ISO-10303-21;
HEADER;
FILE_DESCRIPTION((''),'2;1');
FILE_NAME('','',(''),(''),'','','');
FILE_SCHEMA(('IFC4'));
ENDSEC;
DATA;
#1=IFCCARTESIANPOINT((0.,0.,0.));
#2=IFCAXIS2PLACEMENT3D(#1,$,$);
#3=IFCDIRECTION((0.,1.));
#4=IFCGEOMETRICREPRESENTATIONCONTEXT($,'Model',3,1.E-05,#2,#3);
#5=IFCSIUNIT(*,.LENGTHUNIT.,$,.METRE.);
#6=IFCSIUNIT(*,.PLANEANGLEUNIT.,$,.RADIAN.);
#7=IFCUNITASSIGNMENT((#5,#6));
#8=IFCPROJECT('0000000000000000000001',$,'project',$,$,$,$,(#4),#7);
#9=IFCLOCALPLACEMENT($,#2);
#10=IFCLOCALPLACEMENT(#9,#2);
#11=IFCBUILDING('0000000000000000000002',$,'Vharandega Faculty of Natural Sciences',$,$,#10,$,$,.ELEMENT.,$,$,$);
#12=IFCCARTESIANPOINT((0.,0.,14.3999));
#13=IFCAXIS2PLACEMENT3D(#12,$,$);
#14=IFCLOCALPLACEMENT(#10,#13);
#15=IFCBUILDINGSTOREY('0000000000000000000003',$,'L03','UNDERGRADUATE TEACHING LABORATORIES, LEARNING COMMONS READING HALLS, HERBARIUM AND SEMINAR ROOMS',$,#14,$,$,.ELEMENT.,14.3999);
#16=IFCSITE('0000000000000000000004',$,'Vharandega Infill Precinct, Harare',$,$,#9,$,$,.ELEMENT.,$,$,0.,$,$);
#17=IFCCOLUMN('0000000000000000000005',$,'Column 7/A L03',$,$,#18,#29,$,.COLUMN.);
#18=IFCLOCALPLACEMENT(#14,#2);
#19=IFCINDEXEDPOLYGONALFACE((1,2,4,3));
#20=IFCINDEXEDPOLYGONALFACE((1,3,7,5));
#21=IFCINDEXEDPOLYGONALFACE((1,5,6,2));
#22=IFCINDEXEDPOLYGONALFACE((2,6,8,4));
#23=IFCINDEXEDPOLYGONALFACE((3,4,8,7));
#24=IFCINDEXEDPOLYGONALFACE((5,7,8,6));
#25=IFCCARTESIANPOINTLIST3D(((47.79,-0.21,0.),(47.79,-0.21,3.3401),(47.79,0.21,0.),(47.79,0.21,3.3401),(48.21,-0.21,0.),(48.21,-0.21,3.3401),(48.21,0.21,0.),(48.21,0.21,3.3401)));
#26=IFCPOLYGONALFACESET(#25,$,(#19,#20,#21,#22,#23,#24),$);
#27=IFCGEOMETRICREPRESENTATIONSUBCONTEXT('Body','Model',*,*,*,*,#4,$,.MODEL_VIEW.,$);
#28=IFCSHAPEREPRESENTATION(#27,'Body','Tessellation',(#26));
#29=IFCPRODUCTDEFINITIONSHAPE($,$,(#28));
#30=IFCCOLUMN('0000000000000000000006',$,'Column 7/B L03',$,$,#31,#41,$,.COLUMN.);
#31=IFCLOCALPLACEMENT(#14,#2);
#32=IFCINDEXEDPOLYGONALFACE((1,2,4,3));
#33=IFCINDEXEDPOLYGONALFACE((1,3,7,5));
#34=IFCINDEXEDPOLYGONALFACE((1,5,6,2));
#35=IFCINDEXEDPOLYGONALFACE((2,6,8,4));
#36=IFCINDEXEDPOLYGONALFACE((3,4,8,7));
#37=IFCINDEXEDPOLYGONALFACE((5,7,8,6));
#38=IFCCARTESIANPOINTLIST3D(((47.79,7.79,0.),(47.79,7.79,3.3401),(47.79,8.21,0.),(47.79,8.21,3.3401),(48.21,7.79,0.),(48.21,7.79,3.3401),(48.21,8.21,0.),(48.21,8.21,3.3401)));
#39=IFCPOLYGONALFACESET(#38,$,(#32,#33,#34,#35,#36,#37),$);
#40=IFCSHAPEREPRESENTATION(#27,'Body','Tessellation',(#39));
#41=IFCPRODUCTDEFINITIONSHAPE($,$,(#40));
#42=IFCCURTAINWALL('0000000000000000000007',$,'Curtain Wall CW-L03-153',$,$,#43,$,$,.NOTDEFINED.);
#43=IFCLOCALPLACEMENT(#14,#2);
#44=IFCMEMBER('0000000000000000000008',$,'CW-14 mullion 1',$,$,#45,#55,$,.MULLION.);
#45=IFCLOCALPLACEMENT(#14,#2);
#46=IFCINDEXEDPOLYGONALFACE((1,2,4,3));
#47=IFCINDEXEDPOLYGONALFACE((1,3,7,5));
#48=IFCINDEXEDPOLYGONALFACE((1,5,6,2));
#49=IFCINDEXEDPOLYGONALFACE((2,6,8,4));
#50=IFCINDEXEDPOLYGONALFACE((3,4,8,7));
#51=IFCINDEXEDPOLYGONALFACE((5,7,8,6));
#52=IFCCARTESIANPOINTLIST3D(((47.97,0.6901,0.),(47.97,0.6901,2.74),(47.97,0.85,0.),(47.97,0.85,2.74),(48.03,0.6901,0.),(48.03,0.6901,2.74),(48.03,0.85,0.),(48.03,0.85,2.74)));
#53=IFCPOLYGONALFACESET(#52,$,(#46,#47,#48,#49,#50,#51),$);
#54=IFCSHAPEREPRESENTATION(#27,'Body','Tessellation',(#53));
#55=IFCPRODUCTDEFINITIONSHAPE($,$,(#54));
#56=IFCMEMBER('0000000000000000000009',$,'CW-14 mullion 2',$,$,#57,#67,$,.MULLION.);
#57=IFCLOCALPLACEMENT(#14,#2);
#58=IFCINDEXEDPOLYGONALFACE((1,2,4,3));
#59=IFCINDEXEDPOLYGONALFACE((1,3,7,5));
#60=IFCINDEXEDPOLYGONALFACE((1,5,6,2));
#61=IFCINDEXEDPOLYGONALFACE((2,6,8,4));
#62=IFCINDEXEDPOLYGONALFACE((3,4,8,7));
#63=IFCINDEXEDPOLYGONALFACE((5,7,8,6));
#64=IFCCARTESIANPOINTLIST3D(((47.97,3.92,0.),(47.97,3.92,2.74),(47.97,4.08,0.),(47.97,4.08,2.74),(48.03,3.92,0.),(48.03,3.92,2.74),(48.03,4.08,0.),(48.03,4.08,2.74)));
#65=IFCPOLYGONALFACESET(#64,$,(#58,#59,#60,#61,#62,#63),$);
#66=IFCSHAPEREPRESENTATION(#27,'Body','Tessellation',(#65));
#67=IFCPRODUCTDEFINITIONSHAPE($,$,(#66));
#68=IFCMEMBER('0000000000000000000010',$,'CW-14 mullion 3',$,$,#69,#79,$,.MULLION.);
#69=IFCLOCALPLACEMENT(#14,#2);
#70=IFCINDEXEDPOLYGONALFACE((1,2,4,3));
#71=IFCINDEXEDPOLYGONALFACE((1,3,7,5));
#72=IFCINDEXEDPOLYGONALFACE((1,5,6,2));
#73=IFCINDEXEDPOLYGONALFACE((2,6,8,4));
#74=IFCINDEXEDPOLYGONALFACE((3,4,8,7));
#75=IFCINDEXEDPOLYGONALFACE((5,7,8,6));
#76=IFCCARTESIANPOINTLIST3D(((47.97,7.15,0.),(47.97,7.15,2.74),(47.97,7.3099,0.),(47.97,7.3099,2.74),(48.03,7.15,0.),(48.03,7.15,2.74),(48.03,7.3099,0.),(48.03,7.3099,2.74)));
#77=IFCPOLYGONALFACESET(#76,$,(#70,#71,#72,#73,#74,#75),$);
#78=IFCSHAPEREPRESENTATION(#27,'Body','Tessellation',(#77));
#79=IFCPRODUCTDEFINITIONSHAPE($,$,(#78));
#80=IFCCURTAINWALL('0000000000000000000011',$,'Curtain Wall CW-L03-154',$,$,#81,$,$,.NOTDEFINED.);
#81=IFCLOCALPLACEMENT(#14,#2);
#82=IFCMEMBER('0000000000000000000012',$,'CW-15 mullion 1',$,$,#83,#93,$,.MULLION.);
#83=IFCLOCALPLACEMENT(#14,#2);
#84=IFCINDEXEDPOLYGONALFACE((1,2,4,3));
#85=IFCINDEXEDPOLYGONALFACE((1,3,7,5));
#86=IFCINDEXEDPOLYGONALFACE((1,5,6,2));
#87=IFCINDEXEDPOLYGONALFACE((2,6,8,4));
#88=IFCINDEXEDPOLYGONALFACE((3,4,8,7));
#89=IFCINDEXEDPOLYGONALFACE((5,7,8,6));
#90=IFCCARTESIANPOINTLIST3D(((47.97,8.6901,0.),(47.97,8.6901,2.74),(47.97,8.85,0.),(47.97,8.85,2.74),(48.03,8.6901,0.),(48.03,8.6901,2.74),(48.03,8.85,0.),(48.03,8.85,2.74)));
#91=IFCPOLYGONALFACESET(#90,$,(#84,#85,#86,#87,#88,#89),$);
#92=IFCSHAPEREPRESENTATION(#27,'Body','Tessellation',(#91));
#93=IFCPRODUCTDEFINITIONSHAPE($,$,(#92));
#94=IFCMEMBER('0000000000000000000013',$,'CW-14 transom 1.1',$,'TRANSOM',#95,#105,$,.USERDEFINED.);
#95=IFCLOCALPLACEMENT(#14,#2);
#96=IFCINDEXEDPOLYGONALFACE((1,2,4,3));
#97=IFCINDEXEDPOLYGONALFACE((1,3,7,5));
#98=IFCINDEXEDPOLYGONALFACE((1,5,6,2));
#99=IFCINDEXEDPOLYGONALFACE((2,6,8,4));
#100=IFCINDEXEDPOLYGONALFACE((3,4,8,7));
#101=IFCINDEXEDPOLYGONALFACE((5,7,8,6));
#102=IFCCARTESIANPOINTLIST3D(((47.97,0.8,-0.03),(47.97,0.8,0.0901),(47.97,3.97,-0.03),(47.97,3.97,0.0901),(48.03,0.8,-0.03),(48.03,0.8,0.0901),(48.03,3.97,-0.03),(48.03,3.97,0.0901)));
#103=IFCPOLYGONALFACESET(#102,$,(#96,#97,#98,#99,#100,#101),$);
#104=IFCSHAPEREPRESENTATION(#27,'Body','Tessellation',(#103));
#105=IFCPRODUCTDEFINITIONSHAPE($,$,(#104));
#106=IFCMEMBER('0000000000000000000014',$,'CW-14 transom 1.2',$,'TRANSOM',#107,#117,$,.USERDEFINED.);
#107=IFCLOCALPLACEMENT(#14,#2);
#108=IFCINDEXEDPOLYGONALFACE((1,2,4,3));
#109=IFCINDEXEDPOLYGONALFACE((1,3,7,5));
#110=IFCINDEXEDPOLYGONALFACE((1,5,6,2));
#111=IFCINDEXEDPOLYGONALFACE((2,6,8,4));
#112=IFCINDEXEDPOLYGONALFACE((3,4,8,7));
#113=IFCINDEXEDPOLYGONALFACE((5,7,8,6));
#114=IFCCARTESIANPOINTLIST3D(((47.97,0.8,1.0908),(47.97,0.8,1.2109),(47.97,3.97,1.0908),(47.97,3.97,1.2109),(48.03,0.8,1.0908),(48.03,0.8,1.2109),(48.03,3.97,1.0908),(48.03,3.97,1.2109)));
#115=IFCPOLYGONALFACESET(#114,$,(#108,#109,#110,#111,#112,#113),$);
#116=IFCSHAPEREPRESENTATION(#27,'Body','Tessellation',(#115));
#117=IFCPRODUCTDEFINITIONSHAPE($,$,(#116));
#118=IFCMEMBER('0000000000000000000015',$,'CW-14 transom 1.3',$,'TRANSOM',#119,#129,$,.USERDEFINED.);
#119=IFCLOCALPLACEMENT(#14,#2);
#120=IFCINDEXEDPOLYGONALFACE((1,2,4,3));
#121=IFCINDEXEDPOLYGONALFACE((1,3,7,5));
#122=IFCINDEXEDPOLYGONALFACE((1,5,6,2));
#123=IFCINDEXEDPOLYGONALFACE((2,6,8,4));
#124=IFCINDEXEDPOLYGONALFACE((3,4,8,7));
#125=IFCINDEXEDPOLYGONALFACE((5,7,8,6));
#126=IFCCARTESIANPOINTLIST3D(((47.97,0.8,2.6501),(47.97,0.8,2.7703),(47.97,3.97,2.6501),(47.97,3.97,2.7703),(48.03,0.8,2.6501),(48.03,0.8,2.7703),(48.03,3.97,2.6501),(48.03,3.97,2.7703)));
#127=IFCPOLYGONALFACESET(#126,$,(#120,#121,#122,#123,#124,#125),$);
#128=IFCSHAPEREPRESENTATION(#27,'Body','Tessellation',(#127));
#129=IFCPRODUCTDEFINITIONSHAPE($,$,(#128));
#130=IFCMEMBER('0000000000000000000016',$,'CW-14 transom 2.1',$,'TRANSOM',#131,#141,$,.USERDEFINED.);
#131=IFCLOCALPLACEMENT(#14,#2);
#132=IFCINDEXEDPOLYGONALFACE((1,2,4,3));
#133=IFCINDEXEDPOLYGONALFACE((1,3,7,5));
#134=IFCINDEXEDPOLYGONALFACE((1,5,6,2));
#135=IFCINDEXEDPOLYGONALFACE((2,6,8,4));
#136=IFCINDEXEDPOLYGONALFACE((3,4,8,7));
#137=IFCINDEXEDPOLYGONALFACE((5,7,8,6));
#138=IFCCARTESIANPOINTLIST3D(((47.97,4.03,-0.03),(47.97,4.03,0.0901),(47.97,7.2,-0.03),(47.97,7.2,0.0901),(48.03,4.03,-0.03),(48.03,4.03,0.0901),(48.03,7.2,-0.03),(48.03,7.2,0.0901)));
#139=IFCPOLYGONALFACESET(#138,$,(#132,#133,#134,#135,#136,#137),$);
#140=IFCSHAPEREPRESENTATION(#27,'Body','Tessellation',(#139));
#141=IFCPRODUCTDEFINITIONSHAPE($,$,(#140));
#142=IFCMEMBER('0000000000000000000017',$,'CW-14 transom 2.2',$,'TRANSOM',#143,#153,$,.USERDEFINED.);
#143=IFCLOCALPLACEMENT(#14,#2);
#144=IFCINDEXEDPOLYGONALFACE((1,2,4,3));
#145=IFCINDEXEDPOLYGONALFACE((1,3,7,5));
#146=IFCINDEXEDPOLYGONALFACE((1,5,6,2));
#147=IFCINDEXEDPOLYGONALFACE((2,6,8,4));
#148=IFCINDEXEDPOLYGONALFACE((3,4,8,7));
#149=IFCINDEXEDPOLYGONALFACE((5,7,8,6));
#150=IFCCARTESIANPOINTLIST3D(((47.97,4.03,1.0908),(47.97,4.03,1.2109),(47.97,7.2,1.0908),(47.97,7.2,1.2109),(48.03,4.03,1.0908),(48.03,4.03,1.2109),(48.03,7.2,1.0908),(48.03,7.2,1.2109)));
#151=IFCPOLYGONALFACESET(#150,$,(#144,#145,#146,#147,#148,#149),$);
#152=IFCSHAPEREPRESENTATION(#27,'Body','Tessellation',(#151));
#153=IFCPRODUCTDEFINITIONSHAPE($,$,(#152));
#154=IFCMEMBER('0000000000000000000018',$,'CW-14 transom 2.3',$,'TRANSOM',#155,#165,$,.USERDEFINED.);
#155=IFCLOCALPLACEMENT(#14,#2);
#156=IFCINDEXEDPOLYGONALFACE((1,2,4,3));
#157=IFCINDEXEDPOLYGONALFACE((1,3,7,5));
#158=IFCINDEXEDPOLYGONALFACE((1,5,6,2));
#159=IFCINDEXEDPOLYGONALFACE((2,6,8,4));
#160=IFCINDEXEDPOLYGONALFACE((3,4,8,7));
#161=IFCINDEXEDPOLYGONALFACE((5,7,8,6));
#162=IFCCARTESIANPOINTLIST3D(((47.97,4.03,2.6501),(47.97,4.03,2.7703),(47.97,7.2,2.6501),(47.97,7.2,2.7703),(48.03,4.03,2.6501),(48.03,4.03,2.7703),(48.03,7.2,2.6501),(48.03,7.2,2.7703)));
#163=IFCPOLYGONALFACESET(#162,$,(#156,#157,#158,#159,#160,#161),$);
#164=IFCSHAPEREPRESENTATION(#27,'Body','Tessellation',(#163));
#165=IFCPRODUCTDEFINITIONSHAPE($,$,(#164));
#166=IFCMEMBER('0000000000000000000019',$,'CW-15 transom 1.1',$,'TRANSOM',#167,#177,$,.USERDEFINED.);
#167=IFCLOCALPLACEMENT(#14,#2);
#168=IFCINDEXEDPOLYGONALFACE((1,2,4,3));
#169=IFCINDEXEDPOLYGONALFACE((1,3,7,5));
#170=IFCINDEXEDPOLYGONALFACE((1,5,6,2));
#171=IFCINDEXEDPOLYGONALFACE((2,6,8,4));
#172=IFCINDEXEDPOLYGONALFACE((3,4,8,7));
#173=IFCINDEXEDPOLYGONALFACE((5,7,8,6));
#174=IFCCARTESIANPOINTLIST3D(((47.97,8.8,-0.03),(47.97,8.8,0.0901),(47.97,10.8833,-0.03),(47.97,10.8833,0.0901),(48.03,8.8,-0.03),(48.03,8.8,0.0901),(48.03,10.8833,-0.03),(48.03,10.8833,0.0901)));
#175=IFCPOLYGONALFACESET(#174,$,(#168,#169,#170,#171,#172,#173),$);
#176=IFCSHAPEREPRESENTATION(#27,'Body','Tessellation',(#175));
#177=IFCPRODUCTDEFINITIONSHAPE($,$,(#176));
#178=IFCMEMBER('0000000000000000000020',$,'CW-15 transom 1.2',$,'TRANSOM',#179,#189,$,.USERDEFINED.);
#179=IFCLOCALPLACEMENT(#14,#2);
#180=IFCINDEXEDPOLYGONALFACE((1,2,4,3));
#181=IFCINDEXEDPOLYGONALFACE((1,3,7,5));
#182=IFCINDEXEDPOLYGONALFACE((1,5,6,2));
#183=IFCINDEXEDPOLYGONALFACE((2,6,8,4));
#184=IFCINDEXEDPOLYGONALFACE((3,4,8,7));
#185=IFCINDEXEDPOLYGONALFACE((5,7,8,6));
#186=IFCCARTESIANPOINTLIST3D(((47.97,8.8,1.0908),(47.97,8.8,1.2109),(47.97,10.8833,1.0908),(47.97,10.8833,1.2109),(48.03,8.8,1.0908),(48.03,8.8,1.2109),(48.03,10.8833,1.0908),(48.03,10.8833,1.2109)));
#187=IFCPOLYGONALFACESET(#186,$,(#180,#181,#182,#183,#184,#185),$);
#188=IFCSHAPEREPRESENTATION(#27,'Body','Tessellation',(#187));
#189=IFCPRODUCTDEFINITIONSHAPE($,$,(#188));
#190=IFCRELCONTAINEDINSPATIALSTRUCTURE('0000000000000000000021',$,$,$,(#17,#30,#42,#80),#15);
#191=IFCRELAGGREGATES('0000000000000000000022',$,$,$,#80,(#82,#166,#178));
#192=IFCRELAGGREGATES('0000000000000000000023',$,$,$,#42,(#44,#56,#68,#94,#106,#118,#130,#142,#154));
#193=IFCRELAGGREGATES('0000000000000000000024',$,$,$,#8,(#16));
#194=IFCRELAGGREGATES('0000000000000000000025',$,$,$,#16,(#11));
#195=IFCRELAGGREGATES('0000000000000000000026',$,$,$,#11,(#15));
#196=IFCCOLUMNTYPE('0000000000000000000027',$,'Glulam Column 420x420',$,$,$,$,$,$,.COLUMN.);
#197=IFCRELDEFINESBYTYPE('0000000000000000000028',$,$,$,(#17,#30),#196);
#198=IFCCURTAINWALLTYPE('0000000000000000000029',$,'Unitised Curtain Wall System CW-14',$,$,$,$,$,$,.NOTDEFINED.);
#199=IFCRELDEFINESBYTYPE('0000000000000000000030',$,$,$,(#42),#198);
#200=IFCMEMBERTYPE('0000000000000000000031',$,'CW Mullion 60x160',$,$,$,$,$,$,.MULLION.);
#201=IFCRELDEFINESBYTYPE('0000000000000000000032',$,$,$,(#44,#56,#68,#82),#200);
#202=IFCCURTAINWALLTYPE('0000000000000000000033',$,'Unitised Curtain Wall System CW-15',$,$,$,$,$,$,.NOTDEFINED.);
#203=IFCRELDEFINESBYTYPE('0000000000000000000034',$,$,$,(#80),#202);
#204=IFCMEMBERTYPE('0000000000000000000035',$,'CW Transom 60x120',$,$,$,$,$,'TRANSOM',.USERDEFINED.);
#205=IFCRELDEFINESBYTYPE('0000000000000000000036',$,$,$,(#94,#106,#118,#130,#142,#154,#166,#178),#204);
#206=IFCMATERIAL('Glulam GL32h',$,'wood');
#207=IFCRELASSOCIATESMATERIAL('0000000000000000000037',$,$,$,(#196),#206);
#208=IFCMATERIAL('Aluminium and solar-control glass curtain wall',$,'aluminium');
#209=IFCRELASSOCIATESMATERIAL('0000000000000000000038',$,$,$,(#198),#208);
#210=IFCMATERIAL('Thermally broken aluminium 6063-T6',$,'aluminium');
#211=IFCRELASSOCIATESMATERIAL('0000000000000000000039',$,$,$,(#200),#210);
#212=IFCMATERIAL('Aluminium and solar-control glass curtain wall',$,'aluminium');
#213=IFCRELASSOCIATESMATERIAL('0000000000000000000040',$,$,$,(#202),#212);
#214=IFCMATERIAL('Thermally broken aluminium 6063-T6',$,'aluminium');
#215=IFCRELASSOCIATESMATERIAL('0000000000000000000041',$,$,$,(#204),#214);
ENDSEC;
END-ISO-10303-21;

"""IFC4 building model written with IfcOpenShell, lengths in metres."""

from ifc_helpers import new_model, si_unit, direction, frame, origin, origin_2d, place, context, subcontext, project, spatial, rectangle, extrude, material, material_profile, profile_set, type_object, element, aggregate, save


model = new_model("IFC4")

# Units and contexts
model_context = context("Model", 3, precision=1e-05, world=origin(), true_north=direction((0.0, 1.0)))
body_context = subcontext(model_context, "Body", "Model", "MODEL_VIEW")
ifc_project = project(units=[si_unit("LENGTHUNIT", "METRE"), si_unit("PLANEANGLEUNIT", "RADIAN")], contexts=[model_context])

# Site, building, storey
site_placement = place(None, origin())
site = spatial("IfcSite", under=ifc_project, at=site_placement, Name="Vharandega Infill Precinct, Harare", CompositionType="ELEMENT", RefElevation=0.0)
building_placement = place(site_placement, origin())
building = spatial("IfcBuilding", under=site, at=building_placement, Name="Vharandega Faculty of Natural Sciences", CompositionType="ELEMENT")
storey_placement = place(building_placement, frame((0.0, 0.0, 14.3999)))
storey = spatial("IfcBuildingStorey", under=building, at=storey_placement, Name="L03", Description="UNDERGRADUATE TEACHING LABORATORIES, LEARNING COMMONS READING HALLS, HERBARIUM AND SEMINAR ROOMS", CompositionType="ELEMENT", Elevation=14.3999)

# Columns
ifc_material_1 = material(Name="Glulam GL32h", Category="wood")
ifc_material_profile_1 = material_profile(ifc_material_1, rectangle(XDim=0.4199, YDim=0.4199, at=origin_2d()), Name="GL32h 420x420")
ifc_profile_set_1 = profile_set([ifc_material_profile_1], Name="Glulam GL32h")
column_type = type_object("IfcColumnType", Name="Glulam Column 420x420", PredefinedType="COLUMN", material=ifc_profile_set_1)
for number, where, z_axis, x_axis, name in (
    (1, (48.0, 0.0, 0.0), (0.0, 0.0, 1.0), (1.0, 0.0, 0.0), "Column 7/A L03"),
    (2, (48.0, 8.0, 0.0), (0.0, 0.0, 1.0), (1.0, 0.0, 0.0), "Column 7/B L03"),
):
    element("IfcColumn", number, at=place(storey_placement, frame(where, z_axis=z_axis, x_axis=x_axis)), inside=storey, type_object=column_type, Name=name, PredefinedType="COLUMN", context=body_context, shape_type="SweptSolid", body=[
        extrude(rectangle(XDim=0.4199, YDim=0.4199, at=origin_2d()), origin(), (0.0, 0.0, 1.0), 3.3401),
    ])

# Curtain wall, members
ifc_material_2 = material(Name="Aluminium and solar-control glass curtain wall", Category="aluminium")
curtain_wall_type_1 = type_object("IfcCurtainWallType", Name="Unitised Curtain Wall System CW-14", PredefinedType="NOTDEFINED", material=ifc_material_2)
curtain_wall_1_placement = place(storey_placement, origin())
curtain_wall_1 = element("IfcCurtainWall", 3, at=curtain_wall_1_placement, inside=storey, type_object=curtain_wall_type_1, Name="Curtain Wall CW-L03-153", PredefinedType="NOTDEFINED")
ifc_material_3 = material(Name="Thermally broken aluminium 6063-T6", Category="aluminium")
ifc_material_profile_2 = material_profile(ifc_material_3, rectangle(XDim=0.0601, YDim=0.1599, at=origin_2d()), Name="ALU 60x160")
ifc_profile_set_2 = profile_set([ifc_material_profile_2], Name="Thermally broken aluminium 6063-T6")
member_type_1 = type_object("IfcMemberType", Name="CW Mullion 60x160", PredefinedType="MULLION", material=ifc_profile_set_2)
member_1_placement = place(storey_placement, frame((48.0, 0.77, 0.0), z_axis=(0.0, 0.0, 1.0), x_axis=(-1.0, 0.0, 0.0)))
member_1 = element("IfcMember", 4, at=member_1_placement, type_object=member_type_1, Name="CW-14 mullion 1", PredefinedType="MULLION", context=body_context, shape_type="SweptSolid", body=[
    extrude(rectangle(XDim=0.0601, YDim=0.1599, at=origin_2d()), origin(), (0.0, 0.0, 1.0), 2.74),
])
member_2_placement = place(storey_placement, frame((48.0, 4.0, 0.0), z_axis=(0.0, 0.0, 1.0), x_axis=(-1.0, 0.0, 0.0)))
member_2 = element("IfcMember", 5, at=member_2_placement, type_object=member_type_1, Name="CW-14 mullion 2", PredefinedType="MULLION", context=body_context, shape_type="SweptSolid", body=[
    extrude(rectangle(XDim=0.0601, YDim=0.1599, at=origin_2d()), origin(), (0.0, 0.0, 1.0), 2.74),
])
member_3_placement = place(storey_placement, frame((48.0, 7.23, 0.0), z_axis=(0.0, 0.0, 1.0), x_axis=(-1.0, 0.0, 0.0)))
member_3 = element("IfcMember", 6, at=member_3_placement, type_object=member_type_1, Name="CW-14 mullion 3", PredefinedType="MULLION", context=body_context, shape_type="SweptSolid", body=[
    extrude(rectangle(XDim=0.0601, YDim=0.1599, at=origin_2d()), origin(), (0.0, 0.0, 1.0), 2.74),
])

# Curtain wall, member
ifc_material_4 = material(Name="Aluminium and solar-control glass curtain wall", Category="aluminium")
curtain_wall_type_2 = type_object("IfcCurtainWallType", Name="Unitised Curtain Wall System CW-15", PredefinedType="NOTDEFINED", material=ifc_material_4)
curtain_wall_2_placement = place(storey_placement, origin())
curtain_wall_2 = element("IfcCurtainWall", 7, at=curtain_wall_2_placement, inside=storey, type_object=curtain_wall_type_2, Name="Curtain Wall CW-L03-154", PredefinedType="NOTDEFINED")
member_4_placement = place(storey_placement, frame((48.0, 8.77, 0.0), z_axis=(0.0, 0.0, 1.0), x_axis=(-1.0, 0.0, 0.0)))
member_4 = element("IfcMember", 8, at=member_4_placement, type_object=member_type_1, Name="CW-15 mullion 1", PredefinedType="MULLION", context=body_context, shape_type="SweptSolid", body=[
    extrude(rectangle(XDim=0.0601, YDim=0.1599, at=origin_2d()), origin(), (0.0, 0.0, 1.0), 2.74),
])

# Members
ifc_material_5 = material(Name="Thermally broken aluminium 6063-T6", Category="aluminium")
ifc_material_profile_3 = material_profile(ifc_material_5, rectangle(XDim=0.0601, YDim=0.1201, at=origin_2d()), Name="ALU 60x120")
ifc_profile_set_3 = profile_set([ifc_material_profile_3], Name="Thermally broken aluminium 6063-T6")
member_type_2 = type_object("IfcMemberType", Name="CW Transom 60x120", ElementType="TRANSOM", PredefinedType="USERDEFINED", material=ifc_profile_set_3)
member_5_placement = place(storey_placement, frame((48.0, 0.8, 0.03), z_axis=(0.0, 1.0, 0.0), x_axis=(-1.0, 0.0, 0.0)))
member_5 = element("IfcMember", 9, at=member_5_placement, type_object=member_type_2, Name="CW-14 transom 1.1", ObjectType="TRANSOM", PredefinedType="USERDEFINED", context=body_context, shape_type="SweptSolid", body=[
    extrude(rectangle(XDim=0.0601, YDim=0.1201, at=origin_2d()), origin(), (0.0, 0.0, 1.0), 3.1699),
])
member_6_placement = place(storey_placement, frame((48.0, 0.8, 1.1509), z_axis=(0.0, 1.0, 0.0), x_axis=(-1.0, 0.0, 0.0)))
member_6 = element("IfcMember", 10, at=member_6_placement, type_object=member_type_2, Name="CW-14 transom 1.2", ObjectType="TRANSOM", PredefinedType="USERDEFINED", context=body_context, shape_type="SweptSolid", body=[
    extrude(rectangle(XDim=0.0601, YDim=0.1201, at=origin_2d()), origin(), (0.0, 0.0, 1.0), 3.1699),
])
member_7_placement = place(storey_placement, frame((48.0, 0.8, 2.7102), z_axis=(0.0, 1.0, 0.0), x_axis=(-1.0, 0.0, 0.0)))
member_7 = element("IfcMember", 11, at=member_7_placement, type_object=member_type_2, Name="CW-14 transom 1.3", ObjectType="TRANSOM", PredefinedType="USERDEFINED", context=body_context, shape_type="SweptSolid", body=[
    extrude(rectangle(XDim=0.0601, YDim=0.1201, at=origin_2d()), origin(), (0.0, 0.0, 1.0), 3.1699),
])
member_8_placement = place(storey_placement, frame((48.0, 4.03, 0.03), z_axis=(0.0, 1.0, 0.0), x_axis=(-1.0, 0.0, 0.0)))
member_8 = element("IfcMember", 12, at=member_8_placement, type_object=member_type_2, Name="CW-14 transom 2.1", ObjectType="TRANSOM", PredefinedType="USERDEFINED", context=body_context, shape_type="SweptSolid", body=[
    extrude(rectangle(XDim=0.0601, YDim=0.1201, at=origin_2d()), origin(), (0.0, 0.0, 1.0), 3.1699),
])
member_9_placement = place(storey_placement, frame((48.0, 4.03, 1.1509), z_axis=(0.0, 1.0, 0.0), x_axis=(-1.0, 0.0, 0.0)))
member_9 = element("IfcMember", 13, at=member_9_placement, type_object=member_type_2, Name="CW-14 transom 2.2", ObjectType="TRANSOM", PredefinedType="USERDEFINED", context=body_context, shape_type="SweptSolid", body=[
    extrude(rectangle(XDim=0.0601, YDim=0.1201, at=origin_2d()), origin(), (0.0, 0.0, 1.0), 3.1699),
])
member_10_placement = place(storey_placement, frame((48.0, 4.03, 2.7102), z_axis=(0.0, 1.0, 0.0), x_axis=(-1.0, 0.0, 0.0)))
member_10 = element("IfcMember", 14, at=member_10_placement, type_object=member_type_2, Name="CW-14 transom 2.3", ObjectType="TRANSOM", PredefinedType="USERDEFINED", context=body_context, shape_type="SweptSolid", body=[
    extrude(rectangle(XDim=0.0601, YDim=0.1201, at=origin_2d()), origin(), (0.0, 0.0, 1.0), 3.1699),
])
member_11_placement = place(storey_placement, frame((48.0, 8.8, 0.03), z_axis=(0.0, 1.0, 0.0), x_axis=(-1.0, 0.0, 0.0)))
member_11 = element("IfcMember", 15, at=member_11_placement, type_object=member_type_2, Name="CW-15 transom 1.1", ObjectType="TRANSOM", PredefinedType="USERDEFINED", context=body_context, shape_type="SweptSolid", body=[
    extrude(rectangle(XDim=0.0601, YDim=0.1201, at=origin_2d()), origin(), (0.0, 0.0, 1.0), 2.0833),
])
member_12_placement = place(storey_placement, frame((48.0, 8.8, 1.1509), z_axis=(0.0, 1.0, 0.0), x_axis=(-1.0, 0.0, 0.0)))
member_12 = element("IfcMember", 16, at=member_12_placement, type_object=member_type_2, Name="CW-15 transom 1.2", ObjectType="TRANSOM", PredefinedType="USERDEFINED", context=body_context, shape_type="SweptSolid", body=[
    extrude(rectangle(XDim=0.0601, YDim=0.1201, at=origin_2d()), origin(), (0.0, 0.0, 1.0), 2.0833),
])
aggregate(curtain_wall_2, [member_4, member_11, member_12])

aggregate(curtain_wall_1, [member_1, member_2, member_3, member_5, member_6, member_7, member_8, member_9, member_10])

save(model, "model.ifc")
